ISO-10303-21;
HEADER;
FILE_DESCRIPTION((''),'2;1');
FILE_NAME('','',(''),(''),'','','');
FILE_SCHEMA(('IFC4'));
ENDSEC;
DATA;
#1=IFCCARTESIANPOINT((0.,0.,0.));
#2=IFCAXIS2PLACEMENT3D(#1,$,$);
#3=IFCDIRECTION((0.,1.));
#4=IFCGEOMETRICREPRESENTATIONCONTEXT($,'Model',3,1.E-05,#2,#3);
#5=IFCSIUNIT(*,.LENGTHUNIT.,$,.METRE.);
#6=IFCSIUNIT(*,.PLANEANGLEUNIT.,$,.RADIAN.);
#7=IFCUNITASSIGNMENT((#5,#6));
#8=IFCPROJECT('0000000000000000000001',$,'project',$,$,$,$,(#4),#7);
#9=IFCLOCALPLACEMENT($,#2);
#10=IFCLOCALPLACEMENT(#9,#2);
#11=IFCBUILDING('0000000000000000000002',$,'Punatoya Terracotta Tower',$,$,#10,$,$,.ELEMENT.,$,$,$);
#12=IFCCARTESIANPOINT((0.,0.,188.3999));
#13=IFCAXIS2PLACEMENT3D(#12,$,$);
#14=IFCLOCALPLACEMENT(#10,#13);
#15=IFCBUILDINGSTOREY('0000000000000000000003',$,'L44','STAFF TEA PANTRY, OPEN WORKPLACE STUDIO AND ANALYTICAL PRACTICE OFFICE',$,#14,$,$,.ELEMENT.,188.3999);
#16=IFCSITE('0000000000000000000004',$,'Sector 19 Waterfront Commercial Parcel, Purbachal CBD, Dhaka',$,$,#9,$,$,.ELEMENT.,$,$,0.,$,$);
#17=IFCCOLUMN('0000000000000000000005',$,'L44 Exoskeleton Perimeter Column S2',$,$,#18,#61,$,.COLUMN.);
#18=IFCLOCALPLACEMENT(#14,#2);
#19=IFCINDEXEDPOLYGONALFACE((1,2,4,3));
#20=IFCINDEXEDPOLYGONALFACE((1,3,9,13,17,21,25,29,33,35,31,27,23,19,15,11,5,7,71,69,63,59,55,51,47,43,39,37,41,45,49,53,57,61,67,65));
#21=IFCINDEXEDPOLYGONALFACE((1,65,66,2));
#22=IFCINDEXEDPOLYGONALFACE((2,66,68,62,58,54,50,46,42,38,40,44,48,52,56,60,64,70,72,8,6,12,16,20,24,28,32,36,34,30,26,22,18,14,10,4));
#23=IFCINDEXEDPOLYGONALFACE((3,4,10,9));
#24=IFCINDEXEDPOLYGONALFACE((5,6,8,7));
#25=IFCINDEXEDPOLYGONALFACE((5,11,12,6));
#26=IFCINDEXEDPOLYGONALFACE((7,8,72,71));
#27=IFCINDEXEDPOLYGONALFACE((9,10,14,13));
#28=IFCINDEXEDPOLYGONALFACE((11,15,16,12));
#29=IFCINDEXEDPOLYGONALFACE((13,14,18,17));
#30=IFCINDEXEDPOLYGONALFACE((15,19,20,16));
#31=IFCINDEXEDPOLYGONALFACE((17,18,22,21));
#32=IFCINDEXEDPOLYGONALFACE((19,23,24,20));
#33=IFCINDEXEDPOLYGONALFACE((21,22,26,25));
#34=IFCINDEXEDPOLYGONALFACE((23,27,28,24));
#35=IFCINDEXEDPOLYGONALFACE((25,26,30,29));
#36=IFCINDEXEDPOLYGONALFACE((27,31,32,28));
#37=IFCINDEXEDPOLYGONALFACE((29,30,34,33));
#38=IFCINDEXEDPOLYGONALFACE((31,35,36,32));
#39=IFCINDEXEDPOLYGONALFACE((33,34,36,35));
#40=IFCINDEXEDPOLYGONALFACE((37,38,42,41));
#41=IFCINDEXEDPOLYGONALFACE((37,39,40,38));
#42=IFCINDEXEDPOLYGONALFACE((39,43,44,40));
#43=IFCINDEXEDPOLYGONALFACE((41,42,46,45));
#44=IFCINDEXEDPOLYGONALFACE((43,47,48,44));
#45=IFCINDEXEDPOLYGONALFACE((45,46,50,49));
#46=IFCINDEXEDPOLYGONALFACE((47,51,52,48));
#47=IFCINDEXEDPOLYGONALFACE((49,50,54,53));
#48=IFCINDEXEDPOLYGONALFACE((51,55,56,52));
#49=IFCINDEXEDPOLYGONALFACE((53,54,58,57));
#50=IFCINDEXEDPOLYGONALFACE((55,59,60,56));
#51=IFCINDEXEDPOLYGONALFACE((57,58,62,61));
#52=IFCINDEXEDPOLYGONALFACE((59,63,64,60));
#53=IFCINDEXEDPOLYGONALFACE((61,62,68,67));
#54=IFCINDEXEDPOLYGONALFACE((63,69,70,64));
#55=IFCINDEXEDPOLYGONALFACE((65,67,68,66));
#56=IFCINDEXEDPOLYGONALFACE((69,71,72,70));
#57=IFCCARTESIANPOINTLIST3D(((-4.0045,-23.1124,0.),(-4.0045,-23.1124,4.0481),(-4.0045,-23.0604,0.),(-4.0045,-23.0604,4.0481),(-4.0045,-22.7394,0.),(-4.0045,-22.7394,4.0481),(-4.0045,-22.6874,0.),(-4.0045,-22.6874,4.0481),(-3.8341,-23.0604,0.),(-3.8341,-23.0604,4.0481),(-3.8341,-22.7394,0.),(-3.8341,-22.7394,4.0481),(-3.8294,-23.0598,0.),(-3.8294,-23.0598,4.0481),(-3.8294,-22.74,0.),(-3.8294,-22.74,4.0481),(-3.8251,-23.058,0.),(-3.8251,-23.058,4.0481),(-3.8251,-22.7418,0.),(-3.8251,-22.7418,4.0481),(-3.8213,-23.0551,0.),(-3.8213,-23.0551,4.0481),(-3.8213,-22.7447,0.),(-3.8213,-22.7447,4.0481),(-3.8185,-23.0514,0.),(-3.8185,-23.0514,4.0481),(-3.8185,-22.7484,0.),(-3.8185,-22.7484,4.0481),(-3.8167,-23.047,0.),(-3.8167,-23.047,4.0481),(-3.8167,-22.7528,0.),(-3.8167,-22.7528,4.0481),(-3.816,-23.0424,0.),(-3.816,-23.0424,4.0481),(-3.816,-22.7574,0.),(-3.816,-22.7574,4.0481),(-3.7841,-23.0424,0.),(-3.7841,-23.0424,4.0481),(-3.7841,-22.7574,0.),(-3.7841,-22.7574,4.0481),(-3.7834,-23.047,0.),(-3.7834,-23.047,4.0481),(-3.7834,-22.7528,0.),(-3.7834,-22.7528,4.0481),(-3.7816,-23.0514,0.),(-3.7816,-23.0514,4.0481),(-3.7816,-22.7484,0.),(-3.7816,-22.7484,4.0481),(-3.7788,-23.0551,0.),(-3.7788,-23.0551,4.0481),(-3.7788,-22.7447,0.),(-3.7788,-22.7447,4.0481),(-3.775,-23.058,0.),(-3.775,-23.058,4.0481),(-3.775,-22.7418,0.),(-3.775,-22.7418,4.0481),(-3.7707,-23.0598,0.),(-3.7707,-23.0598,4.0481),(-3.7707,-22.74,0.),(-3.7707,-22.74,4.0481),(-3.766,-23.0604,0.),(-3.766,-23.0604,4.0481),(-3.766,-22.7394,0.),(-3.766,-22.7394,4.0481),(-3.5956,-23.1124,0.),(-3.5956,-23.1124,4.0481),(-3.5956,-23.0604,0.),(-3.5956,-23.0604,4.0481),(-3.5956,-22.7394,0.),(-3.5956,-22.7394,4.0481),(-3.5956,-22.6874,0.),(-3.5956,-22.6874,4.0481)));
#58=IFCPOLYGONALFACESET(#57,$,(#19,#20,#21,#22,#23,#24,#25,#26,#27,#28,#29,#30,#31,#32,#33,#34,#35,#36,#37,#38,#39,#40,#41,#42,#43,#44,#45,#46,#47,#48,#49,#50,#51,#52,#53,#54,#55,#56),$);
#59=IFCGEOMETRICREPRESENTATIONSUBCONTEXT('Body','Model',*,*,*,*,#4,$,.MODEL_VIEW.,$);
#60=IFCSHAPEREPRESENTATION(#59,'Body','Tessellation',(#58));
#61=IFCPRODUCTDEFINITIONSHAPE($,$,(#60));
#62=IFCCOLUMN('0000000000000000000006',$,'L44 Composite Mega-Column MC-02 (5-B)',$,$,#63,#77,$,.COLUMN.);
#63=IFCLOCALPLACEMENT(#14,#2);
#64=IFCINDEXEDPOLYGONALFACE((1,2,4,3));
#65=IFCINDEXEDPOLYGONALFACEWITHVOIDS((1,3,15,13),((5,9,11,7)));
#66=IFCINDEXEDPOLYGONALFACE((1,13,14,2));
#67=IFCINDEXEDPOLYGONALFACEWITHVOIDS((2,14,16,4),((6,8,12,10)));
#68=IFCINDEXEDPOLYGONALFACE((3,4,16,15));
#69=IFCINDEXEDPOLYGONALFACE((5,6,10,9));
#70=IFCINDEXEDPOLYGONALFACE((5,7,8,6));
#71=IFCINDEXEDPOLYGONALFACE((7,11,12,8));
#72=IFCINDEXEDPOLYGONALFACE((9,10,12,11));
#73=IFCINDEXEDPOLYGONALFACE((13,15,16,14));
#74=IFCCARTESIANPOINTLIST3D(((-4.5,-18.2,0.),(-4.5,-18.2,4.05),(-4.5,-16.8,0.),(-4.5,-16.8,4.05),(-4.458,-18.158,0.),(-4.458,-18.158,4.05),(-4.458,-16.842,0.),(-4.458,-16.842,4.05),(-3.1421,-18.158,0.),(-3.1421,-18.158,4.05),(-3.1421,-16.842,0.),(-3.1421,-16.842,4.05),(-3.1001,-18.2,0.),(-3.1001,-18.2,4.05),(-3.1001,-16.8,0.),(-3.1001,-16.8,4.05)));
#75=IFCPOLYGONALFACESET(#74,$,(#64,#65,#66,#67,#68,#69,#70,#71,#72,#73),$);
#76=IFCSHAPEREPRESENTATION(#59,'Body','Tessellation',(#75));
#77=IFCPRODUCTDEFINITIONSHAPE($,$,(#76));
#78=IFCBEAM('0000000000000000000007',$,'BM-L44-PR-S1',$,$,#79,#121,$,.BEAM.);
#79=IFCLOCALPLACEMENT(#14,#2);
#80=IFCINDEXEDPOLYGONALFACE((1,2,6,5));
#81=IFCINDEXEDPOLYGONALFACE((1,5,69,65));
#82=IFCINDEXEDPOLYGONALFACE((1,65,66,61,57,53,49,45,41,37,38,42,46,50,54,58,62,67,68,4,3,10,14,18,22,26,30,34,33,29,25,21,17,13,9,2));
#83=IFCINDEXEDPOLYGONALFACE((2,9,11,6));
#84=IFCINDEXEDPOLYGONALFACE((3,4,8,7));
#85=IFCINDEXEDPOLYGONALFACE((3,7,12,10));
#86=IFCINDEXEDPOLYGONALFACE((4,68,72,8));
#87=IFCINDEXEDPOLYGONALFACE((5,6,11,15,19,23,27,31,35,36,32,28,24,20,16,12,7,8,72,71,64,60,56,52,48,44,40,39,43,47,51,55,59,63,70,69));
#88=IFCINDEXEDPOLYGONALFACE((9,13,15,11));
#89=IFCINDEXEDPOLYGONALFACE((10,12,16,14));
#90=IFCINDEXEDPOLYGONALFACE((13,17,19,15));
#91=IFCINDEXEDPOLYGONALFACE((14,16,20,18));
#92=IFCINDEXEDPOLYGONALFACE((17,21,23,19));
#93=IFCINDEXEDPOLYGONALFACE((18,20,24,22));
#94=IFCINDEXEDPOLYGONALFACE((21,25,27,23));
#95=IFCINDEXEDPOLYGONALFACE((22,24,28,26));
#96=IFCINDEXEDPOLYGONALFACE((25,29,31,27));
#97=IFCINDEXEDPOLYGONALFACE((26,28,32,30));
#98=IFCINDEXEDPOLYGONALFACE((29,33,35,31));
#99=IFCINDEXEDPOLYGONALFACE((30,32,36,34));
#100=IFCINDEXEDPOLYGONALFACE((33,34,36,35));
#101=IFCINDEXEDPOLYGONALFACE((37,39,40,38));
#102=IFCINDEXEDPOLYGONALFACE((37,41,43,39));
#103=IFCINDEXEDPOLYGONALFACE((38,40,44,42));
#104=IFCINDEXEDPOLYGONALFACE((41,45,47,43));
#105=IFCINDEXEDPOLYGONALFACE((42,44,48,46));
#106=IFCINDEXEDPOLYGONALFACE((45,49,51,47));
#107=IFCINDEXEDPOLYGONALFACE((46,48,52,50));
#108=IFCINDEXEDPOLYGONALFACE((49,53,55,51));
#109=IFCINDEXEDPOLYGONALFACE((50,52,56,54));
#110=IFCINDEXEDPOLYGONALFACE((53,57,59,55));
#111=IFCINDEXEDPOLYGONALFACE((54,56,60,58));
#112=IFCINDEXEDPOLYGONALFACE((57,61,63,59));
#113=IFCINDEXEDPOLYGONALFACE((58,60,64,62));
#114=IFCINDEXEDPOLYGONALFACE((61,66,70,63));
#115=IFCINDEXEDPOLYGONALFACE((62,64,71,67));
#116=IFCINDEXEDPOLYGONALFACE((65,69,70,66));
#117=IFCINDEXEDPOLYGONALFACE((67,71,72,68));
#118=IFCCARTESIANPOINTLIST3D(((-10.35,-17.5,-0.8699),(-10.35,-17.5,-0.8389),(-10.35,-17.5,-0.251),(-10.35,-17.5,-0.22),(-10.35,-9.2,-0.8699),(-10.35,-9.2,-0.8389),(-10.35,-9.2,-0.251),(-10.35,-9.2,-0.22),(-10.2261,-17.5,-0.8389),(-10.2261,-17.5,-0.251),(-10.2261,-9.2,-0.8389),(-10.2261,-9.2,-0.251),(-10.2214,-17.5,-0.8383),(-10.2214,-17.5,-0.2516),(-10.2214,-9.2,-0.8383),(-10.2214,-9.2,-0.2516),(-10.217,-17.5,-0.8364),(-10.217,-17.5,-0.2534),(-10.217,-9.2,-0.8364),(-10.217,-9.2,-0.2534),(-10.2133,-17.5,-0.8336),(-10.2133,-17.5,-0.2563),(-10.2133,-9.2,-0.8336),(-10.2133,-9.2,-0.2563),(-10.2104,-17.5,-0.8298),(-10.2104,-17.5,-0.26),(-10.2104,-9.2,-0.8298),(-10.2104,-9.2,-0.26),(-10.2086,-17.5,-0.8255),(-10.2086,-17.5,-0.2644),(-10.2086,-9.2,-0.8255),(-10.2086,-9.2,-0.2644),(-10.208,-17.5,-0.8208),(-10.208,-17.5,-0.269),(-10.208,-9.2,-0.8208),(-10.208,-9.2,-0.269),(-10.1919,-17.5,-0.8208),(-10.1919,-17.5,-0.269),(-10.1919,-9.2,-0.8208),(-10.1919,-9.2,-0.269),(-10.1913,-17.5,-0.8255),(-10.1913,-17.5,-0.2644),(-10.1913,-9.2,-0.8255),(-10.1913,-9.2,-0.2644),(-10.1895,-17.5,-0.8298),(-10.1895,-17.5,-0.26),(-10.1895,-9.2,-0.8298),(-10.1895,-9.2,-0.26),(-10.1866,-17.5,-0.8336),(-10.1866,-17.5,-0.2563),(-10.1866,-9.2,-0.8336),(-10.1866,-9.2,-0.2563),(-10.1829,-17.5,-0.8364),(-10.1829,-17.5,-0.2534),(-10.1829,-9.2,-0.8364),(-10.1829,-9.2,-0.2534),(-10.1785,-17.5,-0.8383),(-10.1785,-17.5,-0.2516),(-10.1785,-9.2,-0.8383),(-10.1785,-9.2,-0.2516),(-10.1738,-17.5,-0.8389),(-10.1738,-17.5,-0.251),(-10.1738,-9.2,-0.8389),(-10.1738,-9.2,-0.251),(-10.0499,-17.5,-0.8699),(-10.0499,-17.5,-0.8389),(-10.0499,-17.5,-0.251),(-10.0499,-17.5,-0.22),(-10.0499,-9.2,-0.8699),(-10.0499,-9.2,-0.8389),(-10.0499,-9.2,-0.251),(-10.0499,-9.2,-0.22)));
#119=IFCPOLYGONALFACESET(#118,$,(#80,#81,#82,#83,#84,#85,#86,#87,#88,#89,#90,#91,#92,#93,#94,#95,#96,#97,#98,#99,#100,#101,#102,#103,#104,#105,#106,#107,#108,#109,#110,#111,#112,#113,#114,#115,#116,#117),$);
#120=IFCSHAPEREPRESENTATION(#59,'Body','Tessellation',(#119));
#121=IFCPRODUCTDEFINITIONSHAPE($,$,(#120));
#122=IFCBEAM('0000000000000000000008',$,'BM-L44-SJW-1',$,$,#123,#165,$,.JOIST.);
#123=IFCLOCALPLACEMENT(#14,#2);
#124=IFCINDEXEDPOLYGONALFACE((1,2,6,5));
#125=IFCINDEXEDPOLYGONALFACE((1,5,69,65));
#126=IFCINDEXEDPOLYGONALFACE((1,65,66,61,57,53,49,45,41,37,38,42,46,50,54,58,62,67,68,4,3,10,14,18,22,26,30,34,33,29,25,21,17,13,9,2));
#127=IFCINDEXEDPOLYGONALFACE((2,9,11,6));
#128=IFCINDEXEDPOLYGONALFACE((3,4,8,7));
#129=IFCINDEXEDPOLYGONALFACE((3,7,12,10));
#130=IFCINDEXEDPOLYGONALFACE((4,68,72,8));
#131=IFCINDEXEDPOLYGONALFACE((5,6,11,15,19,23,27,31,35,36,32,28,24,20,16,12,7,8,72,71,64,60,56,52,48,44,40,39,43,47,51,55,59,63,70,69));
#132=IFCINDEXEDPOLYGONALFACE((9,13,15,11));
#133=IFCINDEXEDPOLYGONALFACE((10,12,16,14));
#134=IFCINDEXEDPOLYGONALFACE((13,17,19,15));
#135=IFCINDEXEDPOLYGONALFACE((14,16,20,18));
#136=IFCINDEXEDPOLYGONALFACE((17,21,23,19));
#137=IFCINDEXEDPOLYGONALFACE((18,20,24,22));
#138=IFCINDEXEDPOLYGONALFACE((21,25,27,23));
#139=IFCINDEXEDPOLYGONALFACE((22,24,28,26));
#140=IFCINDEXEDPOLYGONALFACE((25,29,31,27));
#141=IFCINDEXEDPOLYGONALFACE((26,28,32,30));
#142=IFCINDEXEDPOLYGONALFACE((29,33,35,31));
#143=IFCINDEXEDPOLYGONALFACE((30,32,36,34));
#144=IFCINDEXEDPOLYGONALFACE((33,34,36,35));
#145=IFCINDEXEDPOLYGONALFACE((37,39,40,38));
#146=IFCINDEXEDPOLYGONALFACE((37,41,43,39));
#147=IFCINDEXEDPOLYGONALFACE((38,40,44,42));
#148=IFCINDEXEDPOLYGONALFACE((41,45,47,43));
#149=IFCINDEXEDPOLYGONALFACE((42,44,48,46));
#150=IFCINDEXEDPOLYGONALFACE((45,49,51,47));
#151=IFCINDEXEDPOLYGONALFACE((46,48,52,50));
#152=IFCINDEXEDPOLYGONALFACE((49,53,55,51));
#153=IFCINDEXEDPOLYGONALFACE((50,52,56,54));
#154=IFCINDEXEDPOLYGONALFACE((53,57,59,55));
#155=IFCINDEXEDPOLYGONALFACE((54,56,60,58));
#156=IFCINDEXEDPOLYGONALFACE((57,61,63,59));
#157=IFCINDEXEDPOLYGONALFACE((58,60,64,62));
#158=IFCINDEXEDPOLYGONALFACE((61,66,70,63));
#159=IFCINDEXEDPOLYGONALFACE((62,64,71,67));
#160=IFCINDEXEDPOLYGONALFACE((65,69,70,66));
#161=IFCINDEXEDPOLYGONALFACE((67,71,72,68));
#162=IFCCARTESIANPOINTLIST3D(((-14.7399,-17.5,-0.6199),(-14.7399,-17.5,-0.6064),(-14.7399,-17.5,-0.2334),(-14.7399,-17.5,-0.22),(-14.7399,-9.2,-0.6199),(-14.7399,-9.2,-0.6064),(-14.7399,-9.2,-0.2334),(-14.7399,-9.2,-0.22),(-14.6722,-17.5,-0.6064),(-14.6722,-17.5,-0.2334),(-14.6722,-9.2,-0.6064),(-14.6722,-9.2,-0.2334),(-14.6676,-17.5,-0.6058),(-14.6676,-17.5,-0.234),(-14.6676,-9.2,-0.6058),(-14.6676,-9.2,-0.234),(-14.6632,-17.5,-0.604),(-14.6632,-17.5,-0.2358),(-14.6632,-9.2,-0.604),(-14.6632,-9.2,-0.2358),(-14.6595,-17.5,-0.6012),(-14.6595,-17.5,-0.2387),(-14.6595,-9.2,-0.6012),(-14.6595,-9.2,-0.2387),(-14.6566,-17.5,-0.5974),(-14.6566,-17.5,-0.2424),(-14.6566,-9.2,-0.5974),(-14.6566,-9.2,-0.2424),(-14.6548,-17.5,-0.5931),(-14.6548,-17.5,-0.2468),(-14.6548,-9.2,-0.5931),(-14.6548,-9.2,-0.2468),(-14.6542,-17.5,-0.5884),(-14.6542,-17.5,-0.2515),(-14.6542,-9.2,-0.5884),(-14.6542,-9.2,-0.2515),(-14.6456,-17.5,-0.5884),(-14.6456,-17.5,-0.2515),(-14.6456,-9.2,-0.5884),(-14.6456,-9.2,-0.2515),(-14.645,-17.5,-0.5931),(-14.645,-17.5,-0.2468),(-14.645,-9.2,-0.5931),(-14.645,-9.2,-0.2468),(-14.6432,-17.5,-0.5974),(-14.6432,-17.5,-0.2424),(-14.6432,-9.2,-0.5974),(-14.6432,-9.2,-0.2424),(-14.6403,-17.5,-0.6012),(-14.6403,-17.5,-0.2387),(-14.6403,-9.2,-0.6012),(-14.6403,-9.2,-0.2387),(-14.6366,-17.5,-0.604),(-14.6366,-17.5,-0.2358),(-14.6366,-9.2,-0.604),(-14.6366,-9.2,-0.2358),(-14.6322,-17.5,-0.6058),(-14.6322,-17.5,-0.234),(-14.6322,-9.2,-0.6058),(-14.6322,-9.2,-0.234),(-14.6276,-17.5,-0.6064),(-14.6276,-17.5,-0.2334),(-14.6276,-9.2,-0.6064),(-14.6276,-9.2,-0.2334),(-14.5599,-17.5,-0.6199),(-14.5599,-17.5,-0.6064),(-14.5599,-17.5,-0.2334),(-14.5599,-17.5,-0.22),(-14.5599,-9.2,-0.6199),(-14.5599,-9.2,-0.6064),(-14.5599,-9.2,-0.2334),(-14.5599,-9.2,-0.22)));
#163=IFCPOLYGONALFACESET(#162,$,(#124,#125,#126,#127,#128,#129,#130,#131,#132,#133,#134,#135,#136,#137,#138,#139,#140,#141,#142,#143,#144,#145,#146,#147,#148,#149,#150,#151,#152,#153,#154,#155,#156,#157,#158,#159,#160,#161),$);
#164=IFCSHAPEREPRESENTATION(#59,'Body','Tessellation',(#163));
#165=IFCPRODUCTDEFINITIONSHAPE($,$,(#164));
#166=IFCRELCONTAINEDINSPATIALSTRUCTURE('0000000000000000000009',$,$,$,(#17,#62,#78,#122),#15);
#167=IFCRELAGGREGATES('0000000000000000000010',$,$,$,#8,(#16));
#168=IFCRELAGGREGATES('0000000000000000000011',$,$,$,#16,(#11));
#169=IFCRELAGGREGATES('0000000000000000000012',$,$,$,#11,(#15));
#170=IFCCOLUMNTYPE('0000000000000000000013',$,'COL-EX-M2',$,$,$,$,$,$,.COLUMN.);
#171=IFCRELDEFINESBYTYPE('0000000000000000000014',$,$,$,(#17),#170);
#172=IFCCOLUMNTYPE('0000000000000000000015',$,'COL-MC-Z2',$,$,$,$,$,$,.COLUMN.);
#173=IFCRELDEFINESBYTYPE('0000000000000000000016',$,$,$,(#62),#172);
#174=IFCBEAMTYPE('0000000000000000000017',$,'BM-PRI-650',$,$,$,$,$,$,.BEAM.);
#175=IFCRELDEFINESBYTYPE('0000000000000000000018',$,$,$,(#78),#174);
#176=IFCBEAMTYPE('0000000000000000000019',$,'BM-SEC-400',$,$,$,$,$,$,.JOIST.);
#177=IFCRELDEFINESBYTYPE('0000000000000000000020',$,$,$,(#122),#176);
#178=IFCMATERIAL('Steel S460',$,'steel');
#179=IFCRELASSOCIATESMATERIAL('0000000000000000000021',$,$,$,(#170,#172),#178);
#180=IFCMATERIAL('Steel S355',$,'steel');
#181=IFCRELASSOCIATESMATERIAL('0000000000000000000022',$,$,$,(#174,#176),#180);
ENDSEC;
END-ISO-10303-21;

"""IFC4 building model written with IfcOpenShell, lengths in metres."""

from ifc_helpers import new_model, si_unit, direction, frame, origin, origin_2d, place, context, subcontext, project, spatial, hollow_rectangle, i_section, extrude, material, material_profile, profile_set, type_object, element, save


model = new_model("IFC4")

# Units and contexts
model_context = context("Model", 3, precision=1e-05, world=origin(), true_north=direction((0.0, 1.0)))
body_context = subcontext(model_context, "Body", "Model", "MODEL_VIEW")
ifc_project = project(units=[si_unit("LENGTHUNIT", "METRE"), si_unit("PLANEANGLEUNIT", "RADIAN")], contexts=[model_context])

# Site, building, storey
site_placement = place(None, origin())
site = spatial("IfcSite", under=ifc_project, at=site_placement, Name="Sector 19 Waterfront Commercial Parcel, Purbachal CBD, Dhaka", CompositionType="ELEMENT", RefElevation=0.0)
building_placement = place(site_placement, origin())
building = spatial("IfcBuilding", under=site, at=building_placement, Name="Punatoya Terracotta Tower", CompositionType="ELEMENT")
storey_placement = place(building_placement, frame((0.0, 0.0, 188.3999)))
storey = spatial("IfcBuildingStorey", under=building, at=storey_placement, Name="L44", Description="STAFF TEA PANTRY, OPEN WORKPLACE STUDIO AND ANALYTICAL PRACTICE OFFICE", CompositionType="ELEMENT", Elevation=188.3999)

# Columns
ifc_material_1 = material(Name="Steel S460", Category="steel")
ifc_material_profile_1 = material_profile(ifc_material_1, i_section(OverallWidth=0.4089, OverallDepth=0.425, WebThickness=0.032, FlangeThickness=0.052, FilletRadius=0.0181, at=origin_2d()))
ifc_profile_set_1 = profile_set([ifc_material_profile_1], Name="Steel S460")
column_type_1 = type_object("IfcColumnType", Name="COL-EX-M2", PredefinedType="COLUMN", material=ifc_profile_set_1)
column_1_placement = place(storey_placement, frame((-3.8, -22.8999, 0.0), z_axis=(0.0, 0.0, 1.0), x_axis=(1.0, 0.0, 0.0)))
element("IfcColumn", 1, at=column_1_placement, inside=storey, type_object=column_type_1, Name="L44 Exoskeleton Perimeter Column S2", PredefinedType="COLUMN", context=body_context, shape_type="SweptSolid", body=[
    extrude(i_section(OverallWidth=0.4089, OverallDepth=0.425, WebThickness=0.032, FlangeThickness=0.052, FilletRadius=0.0181, at=origin_2d()), origin(), (0.0, 0.0, 1.0), 4.0481),
])
ifc_material_profile_2 = material_profile(ifc_material_1, hollow_rectangle(XDim=1.3999, YDim=1.3999, WallThickness=0.042, at=origin_2d()))
ifc_profile_set_2 = profile_set([ifc_material_profile_2], Name="Steel S460")
column_type_2 = type_object("IfcColumnType", Name="COL-MC-Z2", PredefinedType="COLUMN", material=ifc_profile_set_2)
column_2_placement = place(storey_placement, frame((-3.8, -17.5, 0.0), z_axis=(0.0, 0.0, 1.0), x_axis=(1.0, 0.0, 0.0)))
element("IfcColumn", 2, at=column_2_placement, inside=storey, type_object=column_type_2, Name="L44 Composite Mega-Column MC-02 (5-B)", PredefinedType="COLUMN", context=body_context, shape_type="SweptSolid", body=[
    extrude(hollow_rectangle(XDim=1.3999, YDim=1.3999, WallThickness=0.042, at=origin_2d()), origin(), (0.0, 0.0, 1.0), 4.05),
])

# Beams
ifc_material_2 = material(Name="Steel S355", Category="steel")
ifc_material_profile_3 = material_profile(ifc_material_2, i_section(OverallWidth=0.3, OverallDepth=0.6499, WebThickness=0.0161, FlangeThickness=0.031, FilletRadius=0.0181, at=origin_2d()))
ifc_profile_set_3 = profile_set([ifc_material_profile_3], Name="Steel S355")
beam_type_1 = type_object("IfcBeamType", Name="BM-PRI-650", PredefinedType="BEAM", material=ifc_profile_set_3)
beam_1_placement = place(storey_placement, frame((-10.2, -17.5, -0.5449), z_axis=(0.0, 1.0, 0.0), x_axis=(-1.0, 0.0, 0.0)))
element("IfcBeam", 3, at=beam_1_placement, inside=storey, type_object=beam_type_1, Name="BM-L44-PR-S1", PredefinedType="BEAM", context=body_context, shape_type="SweptSolid", body=[
    extrude(i_section(OverallWidth=0.3, OverallDepth=0.6499, WebThickness=0.0161, FlangeThickness=0.031, FilletRadius=0.0181, at=origin_2d()), origin(), (0.0, 0.0, 1.0), 8.3),
])
ifc_material_profile_4 = material_profile(ifc_material_2, i_section(OverallWidth=0.1799, OverallDepth=0.3999, WebThickness=0.0085, FlangeThickness=0.0134, FilletRadius=0.0181, at=origin_2d()))
ifc_profile_set_4 = profile_set([ifc_material_profile_4], Name="Steel S355")
beam_type_2 = type_object("IfcBeamType", Name="BM-SEC-400", PredefinedType="JOIST", material=ifc_profile_set_4)
beam_2_placement = place(storey_placement, frame((-14.6499, -17.5, -0.4199), z_axis=(0.0, 1.0, 0.0), x_axis=(-1.0, 0.0, 0.0)))
element("IfcBeam", 4, at=beam_2_placement, inside=storey, type_object=beam_type_2, Name="BM-L44-SJW-1", PredefinedType="JOIST", context=body_context, shape_type="SweptSolid", body=[
    extrude(i_section(OverallWidth=0.1799, OverallDepth=0.3999, WebThickness=0.0085, FlangeThickness=0.0134, FilletRadius=0.0181, at=origin_2d()), origin(), (0.0, 0.0, 1.0), 8.3),
])

save(model, "model.ifc")
